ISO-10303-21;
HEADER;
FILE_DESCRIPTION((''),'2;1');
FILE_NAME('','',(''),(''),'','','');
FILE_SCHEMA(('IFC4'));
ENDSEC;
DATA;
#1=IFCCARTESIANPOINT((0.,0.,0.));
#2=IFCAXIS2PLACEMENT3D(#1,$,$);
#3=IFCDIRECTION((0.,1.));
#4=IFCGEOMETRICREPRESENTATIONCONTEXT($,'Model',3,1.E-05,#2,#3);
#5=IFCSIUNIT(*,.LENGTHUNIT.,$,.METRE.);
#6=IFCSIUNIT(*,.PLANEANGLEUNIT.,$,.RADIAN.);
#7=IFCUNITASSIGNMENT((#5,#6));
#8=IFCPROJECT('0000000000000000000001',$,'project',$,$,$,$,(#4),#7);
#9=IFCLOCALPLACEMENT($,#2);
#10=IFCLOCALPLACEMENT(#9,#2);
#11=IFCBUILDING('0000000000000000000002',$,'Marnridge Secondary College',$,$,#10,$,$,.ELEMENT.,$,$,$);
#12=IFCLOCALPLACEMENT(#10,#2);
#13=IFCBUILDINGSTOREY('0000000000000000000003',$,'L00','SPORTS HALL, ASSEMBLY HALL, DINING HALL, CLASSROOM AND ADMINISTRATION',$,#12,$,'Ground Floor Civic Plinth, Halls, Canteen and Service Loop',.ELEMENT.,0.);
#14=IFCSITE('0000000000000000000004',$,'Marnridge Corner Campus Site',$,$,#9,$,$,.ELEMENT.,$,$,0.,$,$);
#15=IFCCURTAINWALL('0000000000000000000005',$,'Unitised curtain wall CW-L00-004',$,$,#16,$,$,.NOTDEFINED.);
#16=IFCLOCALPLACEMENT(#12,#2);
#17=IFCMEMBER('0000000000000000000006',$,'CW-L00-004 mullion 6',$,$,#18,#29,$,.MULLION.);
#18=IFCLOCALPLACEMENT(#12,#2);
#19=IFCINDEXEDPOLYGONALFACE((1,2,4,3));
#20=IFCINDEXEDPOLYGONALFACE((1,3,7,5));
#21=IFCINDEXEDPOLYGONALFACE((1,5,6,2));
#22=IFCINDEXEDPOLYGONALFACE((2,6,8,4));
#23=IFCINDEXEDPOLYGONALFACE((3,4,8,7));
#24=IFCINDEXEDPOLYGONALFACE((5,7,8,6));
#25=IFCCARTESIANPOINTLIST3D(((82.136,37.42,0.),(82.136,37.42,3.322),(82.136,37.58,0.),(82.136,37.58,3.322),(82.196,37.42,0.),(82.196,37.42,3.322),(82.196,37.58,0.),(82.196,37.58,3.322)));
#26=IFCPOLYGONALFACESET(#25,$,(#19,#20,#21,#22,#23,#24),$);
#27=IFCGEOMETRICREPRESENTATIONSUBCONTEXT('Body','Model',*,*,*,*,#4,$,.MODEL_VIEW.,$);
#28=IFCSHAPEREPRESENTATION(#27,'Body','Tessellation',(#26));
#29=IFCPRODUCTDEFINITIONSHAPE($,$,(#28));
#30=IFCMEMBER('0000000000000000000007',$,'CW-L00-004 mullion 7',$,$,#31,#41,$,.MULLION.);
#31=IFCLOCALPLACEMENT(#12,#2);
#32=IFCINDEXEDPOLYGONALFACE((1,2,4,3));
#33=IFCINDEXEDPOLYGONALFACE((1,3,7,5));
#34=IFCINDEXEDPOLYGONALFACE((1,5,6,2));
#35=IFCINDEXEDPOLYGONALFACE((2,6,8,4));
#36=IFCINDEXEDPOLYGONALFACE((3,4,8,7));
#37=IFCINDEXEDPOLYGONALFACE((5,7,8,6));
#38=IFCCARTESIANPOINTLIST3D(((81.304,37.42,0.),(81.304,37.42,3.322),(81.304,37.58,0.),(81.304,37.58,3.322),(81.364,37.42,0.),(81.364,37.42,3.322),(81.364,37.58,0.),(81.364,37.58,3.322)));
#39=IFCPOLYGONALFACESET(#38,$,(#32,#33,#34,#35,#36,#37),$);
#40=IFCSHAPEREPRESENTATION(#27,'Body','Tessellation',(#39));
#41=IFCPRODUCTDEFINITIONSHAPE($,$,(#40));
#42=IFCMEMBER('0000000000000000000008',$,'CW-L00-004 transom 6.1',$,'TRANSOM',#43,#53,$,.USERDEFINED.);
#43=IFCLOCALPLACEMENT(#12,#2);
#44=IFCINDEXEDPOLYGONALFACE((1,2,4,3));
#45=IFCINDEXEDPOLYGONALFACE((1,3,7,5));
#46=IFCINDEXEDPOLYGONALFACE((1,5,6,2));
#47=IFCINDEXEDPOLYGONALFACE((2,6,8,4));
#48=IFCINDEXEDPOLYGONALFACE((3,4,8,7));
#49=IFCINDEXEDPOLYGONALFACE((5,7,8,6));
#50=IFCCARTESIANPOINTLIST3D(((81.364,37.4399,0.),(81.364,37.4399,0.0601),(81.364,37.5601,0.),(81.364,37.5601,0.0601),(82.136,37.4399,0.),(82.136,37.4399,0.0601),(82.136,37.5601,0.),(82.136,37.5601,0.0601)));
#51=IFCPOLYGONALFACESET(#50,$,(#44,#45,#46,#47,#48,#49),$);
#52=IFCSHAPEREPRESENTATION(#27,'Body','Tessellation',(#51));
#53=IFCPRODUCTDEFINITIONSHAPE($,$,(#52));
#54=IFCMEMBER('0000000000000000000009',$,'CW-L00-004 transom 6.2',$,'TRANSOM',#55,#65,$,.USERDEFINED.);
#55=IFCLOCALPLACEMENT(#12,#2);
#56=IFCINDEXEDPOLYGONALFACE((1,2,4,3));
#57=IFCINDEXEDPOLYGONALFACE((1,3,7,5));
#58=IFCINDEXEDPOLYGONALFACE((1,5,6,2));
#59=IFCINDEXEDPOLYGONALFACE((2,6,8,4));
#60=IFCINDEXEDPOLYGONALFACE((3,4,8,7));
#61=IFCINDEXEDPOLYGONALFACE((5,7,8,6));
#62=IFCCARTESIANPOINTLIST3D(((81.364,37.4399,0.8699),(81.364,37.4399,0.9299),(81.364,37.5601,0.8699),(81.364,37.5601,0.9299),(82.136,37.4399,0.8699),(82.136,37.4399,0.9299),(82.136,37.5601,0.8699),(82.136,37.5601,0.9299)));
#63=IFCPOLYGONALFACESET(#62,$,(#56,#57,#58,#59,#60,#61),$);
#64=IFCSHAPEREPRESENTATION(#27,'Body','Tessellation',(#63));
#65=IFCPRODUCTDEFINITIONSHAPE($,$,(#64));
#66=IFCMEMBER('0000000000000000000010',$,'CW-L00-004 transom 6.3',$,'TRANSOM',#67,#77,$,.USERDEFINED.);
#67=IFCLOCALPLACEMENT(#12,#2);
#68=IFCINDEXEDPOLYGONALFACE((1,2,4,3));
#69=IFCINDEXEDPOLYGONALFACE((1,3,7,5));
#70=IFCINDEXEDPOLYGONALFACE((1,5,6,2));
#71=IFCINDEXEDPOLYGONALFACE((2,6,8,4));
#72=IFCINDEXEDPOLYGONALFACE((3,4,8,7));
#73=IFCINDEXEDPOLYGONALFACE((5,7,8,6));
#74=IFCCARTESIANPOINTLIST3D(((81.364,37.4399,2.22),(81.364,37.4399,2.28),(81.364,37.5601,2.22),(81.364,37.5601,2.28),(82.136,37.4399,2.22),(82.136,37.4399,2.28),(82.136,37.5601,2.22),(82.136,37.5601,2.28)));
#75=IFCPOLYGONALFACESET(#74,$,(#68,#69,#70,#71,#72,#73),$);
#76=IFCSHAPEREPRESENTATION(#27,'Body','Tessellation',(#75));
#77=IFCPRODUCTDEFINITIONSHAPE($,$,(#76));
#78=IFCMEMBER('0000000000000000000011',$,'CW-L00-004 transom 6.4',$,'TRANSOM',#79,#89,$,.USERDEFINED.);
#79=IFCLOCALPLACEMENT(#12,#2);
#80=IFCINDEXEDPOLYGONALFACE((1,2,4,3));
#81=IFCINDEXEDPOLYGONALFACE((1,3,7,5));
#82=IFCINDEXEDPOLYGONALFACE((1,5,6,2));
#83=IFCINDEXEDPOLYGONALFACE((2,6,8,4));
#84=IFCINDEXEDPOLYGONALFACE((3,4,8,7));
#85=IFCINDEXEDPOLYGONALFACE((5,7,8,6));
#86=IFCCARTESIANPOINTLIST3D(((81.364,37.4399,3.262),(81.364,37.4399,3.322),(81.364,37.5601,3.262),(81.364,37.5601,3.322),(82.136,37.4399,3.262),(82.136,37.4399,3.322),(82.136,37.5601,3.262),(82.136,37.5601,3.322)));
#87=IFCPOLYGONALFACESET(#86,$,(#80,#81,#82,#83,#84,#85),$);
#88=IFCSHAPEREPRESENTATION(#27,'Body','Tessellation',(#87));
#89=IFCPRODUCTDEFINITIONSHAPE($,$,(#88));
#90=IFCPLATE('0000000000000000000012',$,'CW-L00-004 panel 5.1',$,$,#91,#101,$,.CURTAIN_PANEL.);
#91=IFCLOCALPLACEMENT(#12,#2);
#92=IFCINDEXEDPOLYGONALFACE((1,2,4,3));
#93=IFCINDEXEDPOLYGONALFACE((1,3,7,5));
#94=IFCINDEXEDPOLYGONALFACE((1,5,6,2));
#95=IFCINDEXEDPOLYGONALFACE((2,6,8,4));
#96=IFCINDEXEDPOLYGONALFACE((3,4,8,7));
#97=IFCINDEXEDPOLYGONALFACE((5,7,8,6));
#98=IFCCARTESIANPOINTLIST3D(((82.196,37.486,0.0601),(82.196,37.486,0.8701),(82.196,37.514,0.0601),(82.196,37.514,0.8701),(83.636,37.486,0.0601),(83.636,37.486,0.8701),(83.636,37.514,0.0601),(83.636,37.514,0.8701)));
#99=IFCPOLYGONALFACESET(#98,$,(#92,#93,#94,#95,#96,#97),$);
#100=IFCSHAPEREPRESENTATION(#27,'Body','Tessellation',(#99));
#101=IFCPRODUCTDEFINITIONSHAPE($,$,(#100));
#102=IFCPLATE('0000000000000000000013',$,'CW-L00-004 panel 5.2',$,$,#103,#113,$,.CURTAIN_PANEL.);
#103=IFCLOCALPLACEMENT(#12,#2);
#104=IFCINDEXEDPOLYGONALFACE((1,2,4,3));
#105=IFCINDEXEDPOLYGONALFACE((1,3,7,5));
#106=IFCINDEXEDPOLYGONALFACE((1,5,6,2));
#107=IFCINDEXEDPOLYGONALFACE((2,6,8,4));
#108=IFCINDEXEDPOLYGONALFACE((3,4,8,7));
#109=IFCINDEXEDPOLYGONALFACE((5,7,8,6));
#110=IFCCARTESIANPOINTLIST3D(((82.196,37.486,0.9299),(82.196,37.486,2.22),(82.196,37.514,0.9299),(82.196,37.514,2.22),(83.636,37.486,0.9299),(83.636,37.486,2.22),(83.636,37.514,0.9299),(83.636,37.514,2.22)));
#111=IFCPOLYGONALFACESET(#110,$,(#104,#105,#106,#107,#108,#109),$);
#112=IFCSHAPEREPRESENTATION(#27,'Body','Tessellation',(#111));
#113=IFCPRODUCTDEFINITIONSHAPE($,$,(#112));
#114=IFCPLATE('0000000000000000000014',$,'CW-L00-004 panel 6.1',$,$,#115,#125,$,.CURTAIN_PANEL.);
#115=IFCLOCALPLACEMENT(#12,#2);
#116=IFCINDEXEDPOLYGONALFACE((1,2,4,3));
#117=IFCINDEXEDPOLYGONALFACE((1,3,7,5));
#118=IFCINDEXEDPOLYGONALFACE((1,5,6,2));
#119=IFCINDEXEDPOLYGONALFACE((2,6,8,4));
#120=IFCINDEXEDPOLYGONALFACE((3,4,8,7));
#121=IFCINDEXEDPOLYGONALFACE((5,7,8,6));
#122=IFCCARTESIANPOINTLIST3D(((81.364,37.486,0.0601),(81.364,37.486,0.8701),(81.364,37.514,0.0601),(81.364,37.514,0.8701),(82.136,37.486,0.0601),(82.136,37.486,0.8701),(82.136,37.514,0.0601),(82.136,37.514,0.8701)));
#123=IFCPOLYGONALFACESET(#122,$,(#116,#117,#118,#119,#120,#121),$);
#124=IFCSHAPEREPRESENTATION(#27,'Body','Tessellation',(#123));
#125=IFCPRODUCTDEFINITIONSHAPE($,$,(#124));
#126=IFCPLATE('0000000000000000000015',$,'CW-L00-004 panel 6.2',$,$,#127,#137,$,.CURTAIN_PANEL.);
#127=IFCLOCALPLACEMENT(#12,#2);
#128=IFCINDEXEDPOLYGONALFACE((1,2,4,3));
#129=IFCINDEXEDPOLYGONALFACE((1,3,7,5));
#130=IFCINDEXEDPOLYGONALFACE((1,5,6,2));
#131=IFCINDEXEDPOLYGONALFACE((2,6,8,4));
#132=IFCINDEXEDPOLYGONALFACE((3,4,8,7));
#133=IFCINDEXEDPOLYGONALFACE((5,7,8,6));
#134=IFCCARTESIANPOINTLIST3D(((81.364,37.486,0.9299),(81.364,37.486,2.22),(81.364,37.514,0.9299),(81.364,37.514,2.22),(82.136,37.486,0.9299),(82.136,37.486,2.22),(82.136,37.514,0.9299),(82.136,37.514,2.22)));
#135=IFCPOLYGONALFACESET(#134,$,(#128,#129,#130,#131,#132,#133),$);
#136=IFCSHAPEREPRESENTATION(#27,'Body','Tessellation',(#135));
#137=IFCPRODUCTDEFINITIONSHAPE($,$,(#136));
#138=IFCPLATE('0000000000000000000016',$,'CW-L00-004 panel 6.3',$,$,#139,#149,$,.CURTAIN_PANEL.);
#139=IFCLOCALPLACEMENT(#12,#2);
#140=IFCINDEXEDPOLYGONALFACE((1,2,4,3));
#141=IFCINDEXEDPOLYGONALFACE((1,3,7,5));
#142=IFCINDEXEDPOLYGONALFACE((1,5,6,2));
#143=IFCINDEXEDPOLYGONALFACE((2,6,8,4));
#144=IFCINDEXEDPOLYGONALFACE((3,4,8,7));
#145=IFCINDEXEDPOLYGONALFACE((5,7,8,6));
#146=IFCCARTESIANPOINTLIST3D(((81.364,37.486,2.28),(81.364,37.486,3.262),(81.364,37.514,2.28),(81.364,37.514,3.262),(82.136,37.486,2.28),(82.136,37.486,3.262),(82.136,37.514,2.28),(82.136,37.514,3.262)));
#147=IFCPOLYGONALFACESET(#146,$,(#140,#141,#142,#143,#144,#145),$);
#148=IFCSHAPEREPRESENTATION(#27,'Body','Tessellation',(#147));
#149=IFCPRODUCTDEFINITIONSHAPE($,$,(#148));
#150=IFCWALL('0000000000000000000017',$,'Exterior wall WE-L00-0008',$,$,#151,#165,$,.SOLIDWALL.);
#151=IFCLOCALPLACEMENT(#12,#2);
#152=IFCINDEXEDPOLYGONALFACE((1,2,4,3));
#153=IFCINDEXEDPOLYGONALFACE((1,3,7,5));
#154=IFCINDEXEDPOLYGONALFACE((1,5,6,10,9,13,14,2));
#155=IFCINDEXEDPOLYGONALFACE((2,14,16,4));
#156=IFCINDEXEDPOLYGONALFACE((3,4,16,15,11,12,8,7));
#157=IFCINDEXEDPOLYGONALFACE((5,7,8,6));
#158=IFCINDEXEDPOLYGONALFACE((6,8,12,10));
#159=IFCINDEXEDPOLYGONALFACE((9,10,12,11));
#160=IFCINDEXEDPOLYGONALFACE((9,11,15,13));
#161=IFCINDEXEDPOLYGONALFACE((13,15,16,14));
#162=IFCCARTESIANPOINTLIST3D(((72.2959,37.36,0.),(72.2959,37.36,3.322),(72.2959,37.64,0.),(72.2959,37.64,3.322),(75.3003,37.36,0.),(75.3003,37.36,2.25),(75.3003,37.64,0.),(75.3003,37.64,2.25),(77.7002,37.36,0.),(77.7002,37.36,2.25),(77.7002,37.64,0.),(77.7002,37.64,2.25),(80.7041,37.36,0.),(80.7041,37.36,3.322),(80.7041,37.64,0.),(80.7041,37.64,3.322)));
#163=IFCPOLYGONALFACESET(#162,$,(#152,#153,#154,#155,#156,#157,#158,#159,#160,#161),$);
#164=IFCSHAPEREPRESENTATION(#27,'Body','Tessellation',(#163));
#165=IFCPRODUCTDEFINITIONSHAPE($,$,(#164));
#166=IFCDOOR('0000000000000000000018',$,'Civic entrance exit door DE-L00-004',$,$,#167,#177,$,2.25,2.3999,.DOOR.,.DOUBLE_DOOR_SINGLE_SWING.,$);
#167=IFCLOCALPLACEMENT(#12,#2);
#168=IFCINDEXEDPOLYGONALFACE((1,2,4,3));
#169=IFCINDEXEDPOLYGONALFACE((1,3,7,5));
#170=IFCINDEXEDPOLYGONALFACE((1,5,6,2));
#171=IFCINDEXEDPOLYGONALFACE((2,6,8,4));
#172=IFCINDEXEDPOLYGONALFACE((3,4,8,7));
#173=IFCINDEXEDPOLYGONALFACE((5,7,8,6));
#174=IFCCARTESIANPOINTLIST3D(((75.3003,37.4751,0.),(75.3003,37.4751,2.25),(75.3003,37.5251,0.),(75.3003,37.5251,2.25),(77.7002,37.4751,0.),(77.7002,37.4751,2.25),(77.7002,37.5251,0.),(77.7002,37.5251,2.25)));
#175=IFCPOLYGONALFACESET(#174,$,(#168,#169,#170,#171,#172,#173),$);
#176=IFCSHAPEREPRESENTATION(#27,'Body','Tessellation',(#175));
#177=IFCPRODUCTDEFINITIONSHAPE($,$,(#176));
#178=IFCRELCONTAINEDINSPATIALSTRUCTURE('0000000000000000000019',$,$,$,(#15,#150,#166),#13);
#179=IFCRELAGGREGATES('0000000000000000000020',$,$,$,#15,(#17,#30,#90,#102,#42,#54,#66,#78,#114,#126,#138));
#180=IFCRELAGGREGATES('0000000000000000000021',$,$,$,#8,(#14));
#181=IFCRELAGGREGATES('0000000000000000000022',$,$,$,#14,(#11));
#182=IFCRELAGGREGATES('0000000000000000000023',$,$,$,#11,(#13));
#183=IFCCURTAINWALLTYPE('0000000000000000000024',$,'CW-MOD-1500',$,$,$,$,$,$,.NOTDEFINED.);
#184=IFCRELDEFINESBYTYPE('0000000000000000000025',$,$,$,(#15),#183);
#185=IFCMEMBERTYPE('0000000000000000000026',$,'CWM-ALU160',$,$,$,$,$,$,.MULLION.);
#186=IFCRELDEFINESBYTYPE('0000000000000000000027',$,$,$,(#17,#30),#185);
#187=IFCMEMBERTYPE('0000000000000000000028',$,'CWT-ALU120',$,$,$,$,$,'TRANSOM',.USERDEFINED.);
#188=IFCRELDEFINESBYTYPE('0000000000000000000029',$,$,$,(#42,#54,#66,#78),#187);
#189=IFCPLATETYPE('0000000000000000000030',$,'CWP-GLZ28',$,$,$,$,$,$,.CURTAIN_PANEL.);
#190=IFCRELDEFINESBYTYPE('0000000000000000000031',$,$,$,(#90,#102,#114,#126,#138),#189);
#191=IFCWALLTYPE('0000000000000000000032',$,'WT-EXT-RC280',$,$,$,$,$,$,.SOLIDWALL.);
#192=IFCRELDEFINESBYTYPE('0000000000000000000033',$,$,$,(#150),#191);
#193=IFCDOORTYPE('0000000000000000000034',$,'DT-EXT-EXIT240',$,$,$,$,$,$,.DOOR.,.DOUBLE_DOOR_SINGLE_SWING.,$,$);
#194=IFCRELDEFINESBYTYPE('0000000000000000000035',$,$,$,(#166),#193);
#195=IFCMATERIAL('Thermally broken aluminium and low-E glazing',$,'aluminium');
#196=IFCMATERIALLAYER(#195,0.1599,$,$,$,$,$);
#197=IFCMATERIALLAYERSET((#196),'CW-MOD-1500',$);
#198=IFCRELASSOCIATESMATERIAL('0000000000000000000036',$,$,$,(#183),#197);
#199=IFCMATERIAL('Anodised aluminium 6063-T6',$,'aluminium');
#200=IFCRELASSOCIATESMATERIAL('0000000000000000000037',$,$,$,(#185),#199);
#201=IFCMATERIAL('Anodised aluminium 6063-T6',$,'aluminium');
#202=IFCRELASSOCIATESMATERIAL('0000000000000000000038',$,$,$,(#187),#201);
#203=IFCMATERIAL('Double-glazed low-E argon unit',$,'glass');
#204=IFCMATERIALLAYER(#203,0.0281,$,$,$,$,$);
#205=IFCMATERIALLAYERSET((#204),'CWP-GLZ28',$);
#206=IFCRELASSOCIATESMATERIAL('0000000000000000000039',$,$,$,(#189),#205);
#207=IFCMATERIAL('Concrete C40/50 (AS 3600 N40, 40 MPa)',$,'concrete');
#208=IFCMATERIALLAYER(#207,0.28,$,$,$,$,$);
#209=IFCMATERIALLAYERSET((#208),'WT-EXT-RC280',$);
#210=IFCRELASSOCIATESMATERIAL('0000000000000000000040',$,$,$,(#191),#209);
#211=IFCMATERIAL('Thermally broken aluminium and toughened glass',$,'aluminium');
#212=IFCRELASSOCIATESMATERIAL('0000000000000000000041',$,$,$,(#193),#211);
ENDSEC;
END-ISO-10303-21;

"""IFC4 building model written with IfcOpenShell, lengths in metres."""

from ifc_helpers import new_model, si_unit, direction, frame, frame_2d, origin, origin_2d, place, context, subcontext, project, spatial, rectangle, extrude, material, layer, layer_set, material_profile, profile_set, type_object, element, fill, aggregate, save


model = new_model("IFC4")

# Units and contexts
model_context = context("Model", 3, precision=1e-05, world=origin(), true_north=direction((0.0, 1.0)))
body_context = subcontext(model_context, "Body", "Model", "MODEL_VIEW")
ifc_project = project(units=[si_unit("LENGTHUNIT", "METRE"), si_unit("PLANEANGLEUNIT", "RADIAN")], contexts=[model_context])

# Site, building, storey
site_placement = place(None, origin())
site = spatial("IfcSite", under=ifc_project, at=site_placement, Name="Marnridge Corner Campus Site", CompositionType="ELEMENT", RefElevation=0.0)
building_placement = place(site_placement, origin())
building = spatial("IfcBuilding", under=site, at=building_placement, Name="Marnridge Secondary College", CompositionType="ELEMENT")
storey_placement = place(building_placement, origin())
storey = spatial("IfcBuildingStorey", under=building, at=storey_placement, Name="L00", Description="SPORTS HALL, ASSEMBLY HALL, DINING HALL, CLASSROOM AND ADMINISTRATION", LongName="Ground Floor Civic Plinth, Halls, Canteen and Service Loop", CompositionType="ELEMENT", Elevation=0.0)

# Curtain wall, members, plates
ifc_material_1 = material(Name="Thermally broken aluminium and low-E glazing", Category="aluminium")
ifc_layer_1 = layer(ifc_material_1, 0.1599)
ifc_layer_set_1 = layer_set([ifc_layer_1], Name="CW-MOD-1500")
curtain_wall_type = type_object("IfcCurtainWallType", Name="CW-MOD-1500", PredefinedType="NOTDEFINED", material=ifc_layer_set_1)
curtain_wall_placement = place(storey_placement, origin())
curtain_wall = element("IfcCurtainWall", 1, at=curtain_wall_placement, inside=storey, type_object=curtain_wall_type, Name="Unitised curtain wall CW-L00-004", PredefinedType="NOTDEFINED")
ifc_material_2 = material(Name="Anodised aluminium 6063-T6", Category="aluminium")
ifc_material_profile_1 = material_profile(ifc_material_2, rectangle(XDim=0.0601, YDim=0.1599, at=origin_2d()), Name="ALU 60x160")
ifc_profile_set_1 = profile_set([ifc_material_profile_1], Name="Anodised aluminium 6063-T6")
member_type_1 = type_object("IfcMemberType", Name="CWM-ALU160", PredefinedType="MULLION", material=ifc_profile_set_1)
member_1_placement = place(storey_placement, frame((82.166, 37.5, 0.0), z_axis=(0.0, 0.0, 1.0), x_axis=(-1.0, 0.0, 0.0)))
member_1 = element("IfcMember", 2, at=member_1_placement, type_object=member_type_1, Name="CW-L00-004 mullion 6", PredefinedType="MULLION", context=body_context, shape_type="SweptSolid", body=[
    extrude(rectangle(XDim=0.0601, YDim=0.1599, at=origin_2d()), origin(), (0.0, 0.0, 1.0), 3.322),
])
member_2_placement = place(storey_placement, frame((81.334, 37.5, 0.0), z_axis=(0.0, 0.0, 1.0), x_axis=(-1.0, 0.0, 0.0)))
member_2 = element("IfcMember", 3, at=member_2_placement, type_object=member_type_1, Name="CW-L00-004 mullion 7", PredefinedType="MULLION", context=body_context, shape_type="SweptSolid", body=[
    extrude(rectangle(XDim=0.0601, YDim=0.1599, at=origin_2d()), origin(), (0.0, 0.0, 1.0), 3.322),
])
ifc_material_3 = material(Name="Anodised aluminium 6063-T6", Category="aluminium")
ifc_material_profile_2 = material_profile(ifc_material_3, rectangle(XDim=0.0601, YDim=0.1201, at=origin_2d()), Name="ALU 60x120")
ifc_profile_set_2 = profile_set([ifc_material_profile_2], Name="Anodised aluminium 6063-T6")
member_type_2 = type_object("IfcMemberType", Name="CWT-ALU120", ElementType="TRANSOM", PredefinedType="USERDEFINED", material=ifc_profile_set_2)
member_3_placement = place(storey_placement, frame((82.136, 37.5, 0.03), z_axis=(-1.0, 0.0, 0.0), x_axis=(0.0, 0.0, 1.0)))
member_3 = element("IfcMember", 4, at=member_3_placement, type_object=member_type_2, Name="CW-L00-004 transom 6.1", ObjectType="TRANSOM", PredefinedType="USERDEFINED", context=body_context, shape_type="SweptSolid", body=[
    extrude(rectangle(XDim=0.0601, YDim=0.1201, at=origin_2d()), origin(), (0.0, 0.0, 1.0), 0.772),
])
member_4_placement = place(storey_placement, frame((82.136, 37.5, 0.8999), z_axis=(-1.0, 0.0, 0.0), x_axis=(0.0, 0.0, 1.0)))
member_4 = element("IfcMember", 5, at=member_4_placement, type_object=member_type_2, Name="CW-L00-004 transom 6.2", ObjectType="TRANSOM", PredefinedType="USERDEFINED", context=body_context, shape_type="SweptSolid", body=[
    extrude(rectangle(XDim=0.0601, YDim=0.1201, at=origin_2d()), origin(), (0.0, 0.0, 1.0), 0.772),
])
member_5_placement = place(storey_placement, frame((82.136, 37.5, 2.25), z_axis=(-1.0, 0.0, 0.0), x_axis=(0.0, 0.0, 1.0)))
member_5 = element("IfcMember", 6, at=member_5_placement, type_object=member_type_2, Name="CW-L00-004 transom 6.3", ObjectType="TRANSOM", PredefinedType="USERDEFINED", context=body_context, shape_type="SweptSolid", body=[
    extrude(rectangle(XDim=0.0601, YDim=0.1201, at=origin_2d()), origin(), (0.0, 0.0, 1.0), 0.772),
])
member_6_placement = place(storey_placement, frame((82.136, 37.5, 3.292), z_axis=(-1.0, 0.0, 0.0), x_axis=(0.0, 0.0, 1.0)))
member_6 = element("IfcMember", 7, at=member_6_placement, type_object=member_type_2, Name="CW-L00-004 transom 6.4", ObjectType="TRANSOM", PredefinedType="USERDEFINED", context=body_context, shape_type="SweptSolid", body=[
    extrude(rectangle(XDim=0.0601, YDim=0.1201, at=origin_2d()), origin(), (0.0, 0.0, 1.0), 0.772),
])
ifc_material_4 = material(Name="Double-glazed low-E argon unit", Category="glass")
ifc_layer_2 = layer(ifc_material_4, 0.0281)
ifc_layer_set_2 = layer_set([ifc_layer_2], Name="CWP-GLZ28")
plate_type = type_object("IfcPlateType", Name="CWP-GLZ28", PredefinedType="CURTAIN_PANEL", material=ifc_layer_set_2)
plate_1_placement = place(storey_placement, frame((82.916, 37.5, 0.0601), z_axis=(0.0, 0.0, 1.0), x_axis=(-1.0, 0.0, 0.0)))
plate_1 = element("IfcPlate", 8, at=plate_1_placement, type_object=plate_type, Name="CW-L00-004 panel 5.1", PredefinedType="CURTAIN_PANEL", context=body_context, shape_type="SweptSolid", body=[
    extrude(rectangle(XDim=1.4399, YDim=0.0281, at=origin_2d()), origin(), (0.0, 0.0, 1.0), 0.8101),
])
plate_2_placement = place(storey_placement, frame((82.916, 37.5, 0.9299), z_axis=(0.0, 0.0, 1.0), x_axis=(-1.0, 0.0, 0.0)))
plate_2 = element("IfcPlate", 9, at=plate_2_placement, type_object=plate_type, Name="CW-L00-004 panel 5.2", PredefinedType="CURTAIN_PANEL", context=body_context, shape_type="SweptSolid", body=[
    extrude(rectangle(XDim=1.4399, YDim=0.0281, at=origin_2d()), origin(), (0.0, 0.0, 1.0), 1.29),
])
plate_3_placement = place(storey_placement, frame((81.75, 37.5, 0.0601), z_axis=(0.0, 0.0, 1.0), x_axis=(-1.0, 0.0, 0.0)))
plate_3 = element("IfcPlate", 10, at=plate_3_placement, type_object=plate_type, Name="CW-L00-004 panel 6.1", PredefinedType="CURTAIN_PANEL", context=body_context, shape_type="SweptSolid", body=[
    extrude(rectangle(XDim=0.772, YDim=0.0281, at=origin_2d()), origin(), (0.0, 0.0, 1.0), 0.8101),
])
plate_4_placement = place(storey_placement, frame((81.75, 37.5, 0.9299), z_axis=(0.0, 0.0, 1.0), x_axis=(-1.0, 0.0, 0.0)))
plate_4 = element("IfcPlate", 11, at=plate_4_placement, type_object=plate_type, Name="CW-L00-004 panel 6.2", PredefinedType="CURTAIN_PANEL", context=body_context, shape_type="SweptSolid", body=[
    extrude(rectangle(XDim=0.772, YDim=0.0281, at=origin_2d()), origin(), (0.0, 0.0, 1.0), 1.29),
])
plate_5_placement = place(storey_placement, frame((81.75, 37.5, 2.28), z_axis=(0.0, 0.0, 1.0), x_axis=(-1.0, 0.0, 0.0)))
plate_5 = element("IfcPlate", 12, at=plate_5_placement, type_object=plate_type, Name="CW-L00-004 panel 6.3", PredefinedType="CURTAIN_PANEL", context=body_context, shape_type="SweptSolid", body=[
    extrude(rectangle(XDim=0.772, YDim=0.0281, at=origin_2d()), origin(), (0.0, 0.0, 1.0), 0.9819),
])
aggregate(curtain_wall, [member_1, member_2, plate_1, plate_2, member_3, member_4, member_5, member_6, plate_3, plate_4, plate_5])

# Wall, opening, door
ifc_material_5 = material(Name="Concrete C40/50 (AS 3600 N40, 40 MPa)", Category="concrete")
ifc_layer_3 = layer(ifc_material_5, 0.28)
ifc_layer_set_3 = layer_set([ifc_layer_3], Name="WT-EXT-RC280")
wall_type_1 = type_object("IfcWallType", Name="WT-EXT-RC280", PredefinedType="SOLIDWALL", material=ifc_layer_set_3)
wall_1_placement = place(storey_placement, frame((80.7041, 37.5, 0.0), z_axis=(0.0, 0.0, 1.0), x_axis=(-1.0, 0.0, 0.0)))
wall_1 = element("IfcWall", 13, at=wall_1_placement, inside=storey, type_object=wall_type_1, Name="Exterior wall WE-L00-0008", PredefinedType="SOLIDWALL", context=body_context, shape_type="SweptSolid", body=[
    extrude(rectangle(XDim=8.4082, YDim=0.28, at=frame_2d((4.2041, 0.0))), origin(), (0.0, 0.0, 1.0), 3.322),
])
opening_1_placement = place(wall_1_placement, frame((3.0039, 0.0, 0.0)))
opening_1 = element("IfcOpeningElement", 14, at=opening_1_placement, cuts=wall_1, PredefinedType="OPENING", context=body_context, shape_type="SweptSolid", body=[
    extrude(rectangle(XDim=2.3999, YDim=2.25, at=frame_2d((1.2, 1.125))), frame((0.0, 0.1499, 0.0), z_axis=(0.0, -1.0, 0.0), x_axis=(1.0, 0.0, 0.0)), (0.0, 0.0, 1.0), 0.3),
])
ifc_material_6 = material(Name="Thermally broken aluminium and toughened glass", Category="aluminium")
door_type_1 = type_object("IfcDoorType", Name="DT-EXT-EXIT240", OperationType="DOUBLE_DOOR_SINGLE_SWING", PredefinedType="DOOR", material=ifc_material_6)
door_1_placement = place(opening_1_placement, origin())
door_1 = element("IfcDoor", 15, at=door_1_placement, inside=storey, type_object=door_type_1, Name="Civic entrance exit door DE-L00-004", OperationType="DOUBLE_DOOR_SINGLE_SWING", OverallHeight=2.25, OverallWidth=2.3999, PredefinedType="DOOR", context=body_context, shape_type="SweptSolid", body=[
    extrude(rectangle(XDim=2.3999, YDim=2.25, at=frame_2d((1.2, 1.125))), frame((0.0, 0.0249, 0.0), z_axis=(0.0, -1.0, 0.0), x_axis=(1.0, 0.0, 0.0)), (0.0, 0.0, 1.0), 0.05),
])
fill(opening_1, door_1)

save(model, "model.ifc")
